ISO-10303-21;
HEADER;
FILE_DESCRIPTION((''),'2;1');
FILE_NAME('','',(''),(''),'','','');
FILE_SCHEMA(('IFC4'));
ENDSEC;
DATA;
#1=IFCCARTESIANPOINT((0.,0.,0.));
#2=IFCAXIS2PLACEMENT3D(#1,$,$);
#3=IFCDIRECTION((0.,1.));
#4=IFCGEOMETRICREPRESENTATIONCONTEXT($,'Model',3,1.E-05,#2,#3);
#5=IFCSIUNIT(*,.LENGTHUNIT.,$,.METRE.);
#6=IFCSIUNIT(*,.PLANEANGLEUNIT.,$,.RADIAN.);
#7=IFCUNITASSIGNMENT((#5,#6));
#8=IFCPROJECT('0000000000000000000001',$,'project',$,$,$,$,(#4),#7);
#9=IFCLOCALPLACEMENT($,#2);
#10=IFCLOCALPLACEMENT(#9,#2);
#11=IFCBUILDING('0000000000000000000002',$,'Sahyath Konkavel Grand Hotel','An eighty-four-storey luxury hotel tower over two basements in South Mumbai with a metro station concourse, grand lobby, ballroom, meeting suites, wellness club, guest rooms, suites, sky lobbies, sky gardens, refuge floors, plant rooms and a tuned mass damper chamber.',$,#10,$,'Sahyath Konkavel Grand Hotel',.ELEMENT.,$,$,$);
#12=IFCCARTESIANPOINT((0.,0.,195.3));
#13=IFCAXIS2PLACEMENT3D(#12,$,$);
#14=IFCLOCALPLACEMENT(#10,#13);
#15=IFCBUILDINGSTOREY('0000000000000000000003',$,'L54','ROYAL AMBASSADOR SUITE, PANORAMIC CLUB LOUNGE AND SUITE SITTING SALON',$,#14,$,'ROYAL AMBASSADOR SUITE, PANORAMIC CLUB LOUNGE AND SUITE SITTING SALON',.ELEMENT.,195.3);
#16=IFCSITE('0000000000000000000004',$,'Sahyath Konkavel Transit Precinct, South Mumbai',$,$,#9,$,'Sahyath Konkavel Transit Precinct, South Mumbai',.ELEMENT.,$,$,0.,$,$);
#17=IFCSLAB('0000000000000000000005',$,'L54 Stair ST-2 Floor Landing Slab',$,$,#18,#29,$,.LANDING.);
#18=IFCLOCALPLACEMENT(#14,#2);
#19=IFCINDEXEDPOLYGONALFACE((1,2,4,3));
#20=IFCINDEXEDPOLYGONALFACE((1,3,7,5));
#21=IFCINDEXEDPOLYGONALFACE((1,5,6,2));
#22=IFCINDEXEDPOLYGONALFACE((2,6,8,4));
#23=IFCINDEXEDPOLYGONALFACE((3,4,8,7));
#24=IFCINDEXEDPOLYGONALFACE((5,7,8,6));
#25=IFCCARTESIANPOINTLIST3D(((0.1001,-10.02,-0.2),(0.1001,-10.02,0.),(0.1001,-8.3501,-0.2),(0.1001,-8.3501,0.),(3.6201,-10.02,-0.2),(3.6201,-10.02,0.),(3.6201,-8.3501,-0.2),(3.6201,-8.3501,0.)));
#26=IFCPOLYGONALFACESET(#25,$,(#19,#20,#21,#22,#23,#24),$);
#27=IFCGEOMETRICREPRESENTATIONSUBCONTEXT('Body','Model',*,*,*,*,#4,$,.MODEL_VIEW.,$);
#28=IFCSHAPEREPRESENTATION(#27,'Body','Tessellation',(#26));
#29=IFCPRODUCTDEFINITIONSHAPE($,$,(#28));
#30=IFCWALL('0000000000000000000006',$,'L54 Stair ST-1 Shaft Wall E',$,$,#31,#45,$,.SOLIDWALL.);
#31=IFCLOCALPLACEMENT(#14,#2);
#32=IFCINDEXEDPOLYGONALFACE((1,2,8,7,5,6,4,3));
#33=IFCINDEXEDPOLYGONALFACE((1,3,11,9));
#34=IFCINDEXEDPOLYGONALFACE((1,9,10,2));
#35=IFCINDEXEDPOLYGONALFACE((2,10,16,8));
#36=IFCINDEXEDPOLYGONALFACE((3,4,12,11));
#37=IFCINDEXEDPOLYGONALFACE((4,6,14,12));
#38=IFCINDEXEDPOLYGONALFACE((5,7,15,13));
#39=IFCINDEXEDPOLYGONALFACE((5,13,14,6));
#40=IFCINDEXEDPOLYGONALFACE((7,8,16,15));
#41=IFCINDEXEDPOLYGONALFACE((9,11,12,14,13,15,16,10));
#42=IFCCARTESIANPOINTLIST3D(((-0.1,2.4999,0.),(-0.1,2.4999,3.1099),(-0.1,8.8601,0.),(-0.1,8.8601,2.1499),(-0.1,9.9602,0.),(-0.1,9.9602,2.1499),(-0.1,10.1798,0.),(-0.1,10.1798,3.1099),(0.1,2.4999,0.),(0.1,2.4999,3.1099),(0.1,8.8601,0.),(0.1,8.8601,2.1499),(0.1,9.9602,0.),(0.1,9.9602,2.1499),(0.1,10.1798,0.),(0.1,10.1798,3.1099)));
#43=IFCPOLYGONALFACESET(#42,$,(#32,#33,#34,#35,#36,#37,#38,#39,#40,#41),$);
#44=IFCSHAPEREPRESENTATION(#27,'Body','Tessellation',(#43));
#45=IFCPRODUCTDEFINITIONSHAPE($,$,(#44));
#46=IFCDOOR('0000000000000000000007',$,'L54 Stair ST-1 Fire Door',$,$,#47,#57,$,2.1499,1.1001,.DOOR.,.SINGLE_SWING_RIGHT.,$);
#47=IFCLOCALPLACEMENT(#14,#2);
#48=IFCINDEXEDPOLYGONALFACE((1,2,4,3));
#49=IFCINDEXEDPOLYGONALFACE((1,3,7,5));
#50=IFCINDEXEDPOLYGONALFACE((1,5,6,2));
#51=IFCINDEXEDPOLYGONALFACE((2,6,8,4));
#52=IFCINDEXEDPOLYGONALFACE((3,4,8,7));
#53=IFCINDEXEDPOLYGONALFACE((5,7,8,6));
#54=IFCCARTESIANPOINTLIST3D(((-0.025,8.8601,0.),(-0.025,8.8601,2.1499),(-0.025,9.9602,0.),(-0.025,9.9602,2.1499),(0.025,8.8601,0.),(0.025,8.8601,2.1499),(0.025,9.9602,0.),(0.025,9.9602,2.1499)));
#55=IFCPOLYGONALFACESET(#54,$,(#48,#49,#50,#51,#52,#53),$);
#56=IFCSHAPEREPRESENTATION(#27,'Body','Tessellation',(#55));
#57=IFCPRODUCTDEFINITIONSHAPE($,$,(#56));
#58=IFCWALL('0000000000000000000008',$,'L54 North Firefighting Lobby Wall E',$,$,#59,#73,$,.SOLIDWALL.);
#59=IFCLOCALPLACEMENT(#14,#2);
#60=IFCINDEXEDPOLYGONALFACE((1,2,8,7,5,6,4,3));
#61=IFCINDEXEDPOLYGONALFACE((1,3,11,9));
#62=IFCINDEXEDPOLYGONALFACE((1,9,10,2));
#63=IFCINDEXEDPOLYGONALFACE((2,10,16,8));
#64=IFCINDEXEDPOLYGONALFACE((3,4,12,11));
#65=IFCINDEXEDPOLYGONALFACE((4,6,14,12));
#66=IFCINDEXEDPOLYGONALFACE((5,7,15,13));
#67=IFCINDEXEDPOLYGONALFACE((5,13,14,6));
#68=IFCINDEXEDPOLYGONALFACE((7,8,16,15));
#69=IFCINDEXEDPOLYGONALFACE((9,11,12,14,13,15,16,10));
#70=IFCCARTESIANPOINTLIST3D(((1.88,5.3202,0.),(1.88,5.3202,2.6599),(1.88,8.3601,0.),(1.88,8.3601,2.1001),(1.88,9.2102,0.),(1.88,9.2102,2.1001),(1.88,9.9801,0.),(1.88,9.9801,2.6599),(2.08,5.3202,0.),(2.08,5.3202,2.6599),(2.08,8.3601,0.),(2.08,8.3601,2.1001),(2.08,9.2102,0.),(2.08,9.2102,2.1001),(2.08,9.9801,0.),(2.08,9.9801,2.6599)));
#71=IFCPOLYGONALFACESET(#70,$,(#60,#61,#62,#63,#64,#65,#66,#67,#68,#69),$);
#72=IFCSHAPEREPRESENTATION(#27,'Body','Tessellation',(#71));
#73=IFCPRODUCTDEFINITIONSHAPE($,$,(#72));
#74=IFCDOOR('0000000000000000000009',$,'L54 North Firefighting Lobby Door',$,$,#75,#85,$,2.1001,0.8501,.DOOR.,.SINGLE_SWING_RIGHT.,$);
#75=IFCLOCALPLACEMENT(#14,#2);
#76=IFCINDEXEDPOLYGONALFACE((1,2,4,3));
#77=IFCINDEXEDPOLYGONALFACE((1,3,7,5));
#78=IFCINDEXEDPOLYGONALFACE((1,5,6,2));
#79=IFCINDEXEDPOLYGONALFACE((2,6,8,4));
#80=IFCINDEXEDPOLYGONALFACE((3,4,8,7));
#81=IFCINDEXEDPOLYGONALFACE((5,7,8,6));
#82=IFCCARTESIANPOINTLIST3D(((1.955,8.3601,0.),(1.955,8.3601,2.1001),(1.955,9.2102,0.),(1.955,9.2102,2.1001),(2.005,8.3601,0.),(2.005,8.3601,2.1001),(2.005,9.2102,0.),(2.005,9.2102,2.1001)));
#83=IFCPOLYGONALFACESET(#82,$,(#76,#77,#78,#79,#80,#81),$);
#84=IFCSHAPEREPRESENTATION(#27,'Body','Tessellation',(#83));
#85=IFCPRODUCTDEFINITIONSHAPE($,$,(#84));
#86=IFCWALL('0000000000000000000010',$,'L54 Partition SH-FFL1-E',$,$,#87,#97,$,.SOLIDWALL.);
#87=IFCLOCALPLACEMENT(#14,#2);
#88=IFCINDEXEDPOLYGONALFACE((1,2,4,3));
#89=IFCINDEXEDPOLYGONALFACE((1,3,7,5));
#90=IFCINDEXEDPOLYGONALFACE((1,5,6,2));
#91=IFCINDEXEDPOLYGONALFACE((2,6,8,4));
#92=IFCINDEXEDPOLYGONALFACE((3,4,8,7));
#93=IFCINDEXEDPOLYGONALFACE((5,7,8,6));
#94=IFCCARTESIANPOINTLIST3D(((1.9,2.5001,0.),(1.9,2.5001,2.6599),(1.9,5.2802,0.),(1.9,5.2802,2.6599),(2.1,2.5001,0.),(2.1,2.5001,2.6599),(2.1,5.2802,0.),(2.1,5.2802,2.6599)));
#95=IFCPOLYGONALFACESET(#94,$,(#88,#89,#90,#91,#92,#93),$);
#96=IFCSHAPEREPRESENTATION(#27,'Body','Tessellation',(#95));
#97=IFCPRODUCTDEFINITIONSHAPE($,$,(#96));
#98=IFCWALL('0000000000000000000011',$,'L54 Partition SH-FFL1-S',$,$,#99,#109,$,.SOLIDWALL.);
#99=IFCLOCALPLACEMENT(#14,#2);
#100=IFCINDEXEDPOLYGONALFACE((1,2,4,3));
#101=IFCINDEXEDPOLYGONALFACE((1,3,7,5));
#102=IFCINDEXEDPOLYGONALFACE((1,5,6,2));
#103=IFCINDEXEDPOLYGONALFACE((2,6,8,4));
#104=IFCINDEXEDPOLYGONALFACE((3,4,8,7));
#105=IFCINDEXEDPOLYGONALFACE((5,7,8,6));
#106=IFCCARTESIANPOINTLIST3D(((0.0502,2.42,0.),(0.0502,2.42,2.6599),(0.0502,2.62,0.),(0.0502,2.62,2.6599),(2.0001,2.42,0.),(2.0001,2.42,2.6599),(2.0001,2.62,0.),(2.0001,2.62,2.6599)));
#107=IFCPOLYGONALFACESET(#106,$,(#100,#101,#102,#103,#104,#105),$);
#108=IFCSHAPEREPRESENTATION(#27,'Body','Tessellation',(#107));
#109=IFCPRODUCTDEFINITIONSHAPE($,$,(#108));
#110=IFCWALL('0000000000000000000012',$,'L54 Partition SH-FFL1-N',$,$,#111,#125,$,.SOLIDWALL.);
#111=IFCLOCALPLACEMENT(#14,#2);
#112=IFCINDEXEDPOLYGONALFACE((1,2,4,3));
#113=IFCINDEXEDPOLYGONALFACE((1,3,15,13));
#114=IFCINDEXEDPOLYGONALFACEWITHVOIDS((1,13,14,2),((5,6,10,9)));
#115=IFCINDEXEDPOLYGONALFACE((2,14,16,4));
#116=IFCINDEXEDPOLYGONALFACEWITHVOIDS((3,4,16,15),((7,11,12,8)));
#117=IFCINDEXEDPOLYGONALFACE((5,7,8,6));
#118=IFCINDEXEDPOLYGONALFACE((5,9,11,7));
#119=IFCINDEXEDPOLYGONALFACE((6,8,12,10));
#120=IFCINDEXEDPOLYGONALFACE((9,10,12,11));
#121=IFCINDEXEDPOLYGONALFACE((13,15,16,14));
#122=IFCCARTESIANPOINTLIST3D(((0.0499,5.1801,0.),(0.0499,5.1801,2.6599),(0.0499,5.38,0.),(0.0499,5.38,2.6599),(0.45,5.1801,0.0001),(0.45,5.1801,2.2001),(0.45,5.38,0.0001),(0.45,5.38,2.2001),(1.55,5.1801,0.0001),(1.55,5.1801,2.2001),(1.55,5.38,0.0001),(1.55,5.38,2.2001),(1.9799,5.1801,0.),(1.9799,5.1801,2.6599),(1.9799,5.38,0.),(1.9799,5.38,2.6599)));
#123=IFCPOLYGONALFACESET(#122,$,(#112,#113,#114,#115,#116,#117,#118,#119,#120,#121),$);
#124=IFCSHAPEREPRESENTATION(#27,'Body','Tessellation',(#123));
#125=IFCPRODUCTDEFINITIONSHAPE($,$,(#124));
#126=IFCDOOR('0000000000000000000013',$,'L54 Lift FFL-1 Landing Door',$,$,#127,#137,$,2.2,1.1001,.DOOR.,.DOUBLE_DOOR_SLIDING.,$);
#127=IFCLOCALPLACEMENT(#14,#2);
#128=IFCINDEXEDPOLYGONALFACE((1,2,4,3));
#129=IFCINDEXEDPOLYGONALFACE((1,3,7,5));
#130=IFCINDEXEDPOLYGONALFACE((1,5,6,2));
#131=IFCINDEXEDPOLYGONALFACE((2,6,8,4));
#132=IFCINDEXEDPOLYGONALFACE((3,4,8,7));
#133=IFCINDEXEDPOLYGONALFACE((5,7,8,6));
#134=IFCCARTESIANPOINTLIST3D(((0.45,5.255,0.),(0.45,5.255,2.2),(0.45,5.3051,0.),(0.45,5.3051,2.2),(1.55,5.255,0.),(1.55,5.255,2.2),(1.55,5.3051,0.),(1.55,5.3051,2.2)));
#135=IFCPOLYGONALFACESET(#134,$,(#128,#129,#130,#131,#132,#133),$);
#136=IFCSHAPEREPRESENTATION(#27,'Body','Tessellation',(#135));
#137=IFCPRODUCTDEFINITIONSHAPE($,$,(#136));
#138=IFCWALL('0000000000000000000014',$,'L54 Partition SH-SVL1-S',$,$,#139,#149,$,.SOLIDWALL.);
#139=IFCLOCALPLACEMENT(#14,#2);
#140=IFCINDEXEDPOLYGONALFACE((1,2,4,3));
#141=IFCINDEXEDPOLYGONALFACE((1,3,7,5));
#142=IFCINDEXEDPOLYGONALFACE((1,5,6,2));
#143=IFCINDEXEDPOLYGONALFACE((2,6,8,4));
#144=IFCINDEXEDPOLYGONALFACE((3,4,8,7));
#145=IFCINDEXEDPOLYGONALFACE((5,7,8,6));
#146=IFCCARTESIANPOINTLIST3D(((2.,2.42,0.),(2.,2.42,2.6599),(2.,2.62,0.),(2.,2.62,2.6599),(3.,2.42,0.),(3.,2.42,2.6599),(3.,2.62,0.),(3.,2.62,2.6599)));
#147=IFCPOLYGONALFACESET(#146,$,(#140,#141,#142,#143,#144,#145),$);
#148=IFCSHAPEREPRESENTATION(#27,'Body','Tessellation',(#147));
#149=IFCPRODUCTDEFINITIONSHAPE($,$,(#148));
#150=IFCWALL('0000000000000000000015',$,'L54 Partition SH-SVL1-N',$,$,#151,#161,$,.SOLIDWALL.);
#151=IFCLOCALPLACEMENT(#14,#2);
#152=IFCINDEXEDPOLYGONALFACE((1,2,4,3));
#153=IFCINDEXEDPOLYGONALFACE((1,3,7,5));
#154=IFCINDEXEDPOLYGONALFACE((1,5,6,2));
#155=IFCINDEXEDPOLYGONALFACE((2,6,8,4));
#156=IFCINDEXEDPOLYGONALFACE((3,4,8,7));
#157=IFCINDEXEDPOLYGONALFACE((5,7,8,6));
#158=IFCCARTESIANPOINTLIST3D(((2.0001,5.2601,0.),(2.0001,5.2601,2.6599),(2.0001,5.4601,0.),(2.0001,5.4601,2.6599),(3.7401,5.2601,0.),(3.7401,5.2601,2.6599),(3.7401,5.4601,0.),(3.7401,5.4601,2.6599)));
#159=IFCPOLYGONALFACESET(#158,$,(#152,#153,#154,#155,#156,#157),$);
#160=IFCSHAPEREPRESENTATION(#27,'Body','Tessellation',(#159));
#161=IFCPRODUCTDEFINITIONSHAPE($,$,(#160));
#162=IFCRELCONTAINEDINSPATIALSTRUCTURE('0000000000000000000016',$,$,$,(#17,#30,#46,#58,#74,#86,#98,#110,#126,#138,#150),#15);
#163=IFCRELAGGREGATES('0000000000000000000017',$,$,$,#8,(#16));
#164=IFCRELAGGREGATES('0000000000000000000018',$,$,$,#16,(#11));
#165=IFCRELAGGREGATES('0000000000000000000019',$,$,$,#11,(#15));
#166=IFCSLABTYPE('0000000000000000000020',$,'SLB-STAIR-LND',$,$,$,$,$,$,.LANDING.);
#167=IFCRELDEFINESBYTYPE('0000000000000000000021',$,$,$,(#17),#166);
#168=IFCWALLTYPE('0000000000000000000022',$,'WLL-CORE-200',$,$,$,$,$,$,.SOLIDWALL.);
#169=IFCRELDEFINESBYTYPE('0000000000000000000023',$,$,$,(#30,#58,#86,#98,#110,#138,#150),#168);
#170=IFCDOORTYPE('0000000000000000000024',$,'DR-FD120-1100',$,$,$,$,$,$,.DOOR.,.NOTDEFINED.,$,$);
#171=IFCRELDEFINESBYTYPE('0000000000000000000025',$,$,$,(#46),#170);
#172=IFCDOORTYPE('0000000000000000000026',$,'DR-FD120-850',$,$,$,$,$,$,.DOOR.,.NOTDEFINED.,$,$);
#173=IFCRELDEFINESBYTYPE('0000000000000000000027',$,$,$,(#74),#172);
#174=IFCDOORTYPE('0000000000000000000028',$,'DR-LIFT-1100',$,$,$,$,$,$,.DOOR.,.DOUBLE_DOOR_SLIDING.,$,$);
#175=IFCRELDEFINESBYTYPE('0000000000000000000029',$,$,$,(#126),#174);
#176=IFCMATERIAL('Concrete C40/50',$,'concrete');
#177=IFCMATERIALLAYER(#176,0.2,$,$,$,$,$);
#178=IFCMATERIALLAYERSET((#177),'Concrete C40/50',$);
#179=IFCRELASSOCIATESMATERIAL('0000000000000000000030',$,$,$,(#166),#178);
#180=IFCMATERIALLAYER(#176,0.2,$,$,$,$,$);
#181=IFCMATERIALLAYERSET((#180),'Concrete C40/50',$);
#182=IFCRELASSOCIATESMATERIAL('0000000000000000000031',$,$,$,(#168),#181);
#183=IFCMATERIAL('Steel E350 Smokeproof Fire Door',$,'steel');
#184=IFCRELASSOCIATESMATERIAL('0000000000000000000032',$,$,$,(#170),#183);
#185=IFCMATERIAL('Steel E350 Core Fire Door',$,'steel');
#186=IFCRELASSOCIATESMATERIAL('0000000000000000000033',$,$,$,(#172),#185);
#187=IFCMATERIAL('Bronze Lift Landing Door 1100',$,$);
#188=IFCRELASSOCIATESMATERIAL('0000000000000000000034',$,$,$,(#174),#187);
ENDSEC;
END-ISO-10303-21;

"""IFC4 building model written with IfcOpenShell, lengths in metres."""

from ifc_helpers import new_model, si_unit, direction, frame, frame_2d, origin, origin_2d, place, context, subcontext, project, spatial, polyline, rectangle, outline, extrude, source, transform, mapped, material, layer, layer_set, type_object, element, fill, save


model = new_model("IFC4")

# Units and contexts
model_context = context("Model", 3, precision=1e-05, world=origin(), true_north=direction((0.0, 1.0)))
body_context = subcontext(model_context, "Body", "Model", "MODEL_VIEW")
ifc_project = project(units=[si_unit("LENGTHUNIT", "METRE"), si_unit("PLANEANGLEUNIT", "RADIAN")], contexts=[model_context])

# Site, building, storey
site_placement = place(None, origin())
site = spatial("IfcSite", under=ifc_project, at=site_placement, Name="Sahyath Konkavel Transit Precinct, South Mumbai", LongName="Sahyath Konkavel Transit Precinct, South Mumbai", CompositionType="ELEMENT", RefElevation=0.0)
building_placement = place(site_placement, origin())
building = spatial("IfcBuilding", under=site, at=building_placement, Name="Sahyath Konkavel Grand Hotel", Description="An eighty-four-storey luxury hotel tower over two basements in South Mumbai with a metro station concourse, grand lobby, ballroom, meeting suites, wellness club, guest rooms, suites, sky lobbies, sky gardens, refuge floors, plant rooms and a tuned mass damper chamber.", LongName="Sahyath Konkavel Grand Hotel", CompositionType="ELEMENT")
storey_placement = place(building_placement, frame((0.0, 0.0, 195.3)))
storey = spatial("IfcBuildingStorey", under=building, at=storey_placement, Name="L54", Description="ROYAL AMBASSADOR SUITE, PANORAMIC CLUB LOUNGE AND SUITE SITTING SALON", LongName="ROYAL AMBASSADOR SUITE, PANORAMIC CLUB LOUNGE AND SUITE SITTING SALON", CompositionType="ELEMENT", Elevation=195.3)

# Slab
ifc_material_1 = material(Name="Concrete C40/50", Category="concrete")
ifc_layer_1 = layer(ifc_material_1, 0.2)
ifc_layer_set_1 = layer_set([ifc_layer_1], Name="Concrete C40/50")
slab_type_1 = type_object("IfcSlabType", Name="SLB-STAIR-LND", PredefinedType="LANDING", material=ifc_layer_set_1)
slab_1_placement = place(storey_placement, frame((0.0, 0.0, -0.2)))
element("IfcSlab", 1, at=slab_1_placement, inside=storey, type_object=slab_type_1, Name="L54 Stair ST-2 Floor Landing Slab", PredefinedType="LANDING", context=body_context, shape_type="SweptSolid", body=[
    extrude(outline(polyline([(0.1001, -10.02), (3.6201, -10.02), (3.6201, -8.3501), (0.1001, -8.3501), (0.1001, -10.02)])), origin(), (0.0, 0.0, 1.0), 0.2),
])

# Walls, openings, doors
ifc_layer_2 = layer(ifc_material_1, 0.2)
ifc_layer_set_2 = layer_set([ifc_layer_2], Name="Concrete C40/50")
wall_type_1 = type_object("IfcWallType", Name="WLL-CORE-200", PredefinedType="SOLIDWALL", material=ifc_layer_set_2)
wall_1_placement = place(storey_placement, frame((0.0, 2.5, 0.0), z_axis=(0.0, 0.0, 1.0), x_axis=(0.0, 1.0, 0.0)))
wall_1 = element("IfcWall", 2, at=wall_1_placement, inside=storey, type_object=wall_type_1, Name="L54 Stair ST-1 Shaft Wall E", PredefinedType="SOLIDWALL", context=body_context, shape_type="SweptSolid", body=[
    extrude(rectangle(XDim=7.6799, YDim=0.2, at=frame_2d((3.8398, 0.0))), origin(), (0.0, 0.0, 1.0), 3.1099),
])
opening_1_placement = place(wall_1_placement, frame((6.3601, 0.0, 0.0)))
opening_1 = element("IfcOpeningElement", 3, at=opening_1_placement, cuts=wall_1, PredefinedType="OPENING", context=body_context, shape_type="SweptSolid", body=[
    extrude(rectangle(XDim=1.1001, YDim=2.1499, at=frame_2d((0.55, 1.075))), frame((0.0, 0.1099, 0.0), z_axis=(0.0, -1.0, 0.0), x_axis=(1.0, 0.0, 0.0)), (0.0, 0.0, 1.0), 0.22),
])
ifc_material_2 = material(Name="Steel E350 Smokeproof Fire Door", Category="steel")
door_type_1 = type_object("IfcDoorType", Name="DR-FD120-1100", OperationType="NOTDEFINED", PredefinedType="DOOR", material=ifc_material_2)
shared_shape_1 = source(origin(), body_context, "Body", "SweptSolid", [
    extrude(rectangle(XDim=1.1001, YDim=0.05, at=origin_2d()), origin(), (0.0, 0.0, 1.0), 2.1499),
])
door_1_placement = place(opening_1_placement, frame((0.55, 0.0, 0.0)))
door_1 = element("IfcDoor", 4, at=door_1_placement, inside=storey, type_object=door_type_1, Name="L54 Stair ST-1 Fire Door", OperationType="SINGLE_SWING_RIGHT", OverallHeight=2.1499, OverallWidth=1.1001, PredefinedType="DOOR", context=body_context, shape_type="MappedRepresentation", body=[
    mapped(shared_shape_1, transform((0.0, 0.0, 0.0), scale=1.0)),
])
fill(opening_1, door_1)
wall_2_placement = place(storey_placement, frame((1.98, 5.3201, 0.0), z_axis=(0.0, 0.0, 1.0), x_axis=(0.0, 1.0, 0.0)))
wall_2 = element("IfcWall", 5, at=wall_2_placement, inside=storey, type_object=wall_type_1, Name="L54 North Firefighting Lobby Wall E", PredefinedType="SOLIDWALL", context=body_context, shape_type="SweptSolid", body=[
    extrude(rectangle(XDim=4.6599, YDim=0.2, at=frame_2d((2.3301, 0.0))), origin(), (0.0, 0.0, 1.0), 2.6599),
])
opening_2_placement = place(wall_2_placement, frame((3.04, 0.0, 0.0)))
opening_2 = element("IfcOpeningElement", 6, at=opening_2_placement, cuts=wall_2, PredefinedType="OPENING", context=body_context, shape_type="SweptSolid", body=[
    extrude(rectangle(XDim=0.8501, YDim=2.1001, at=frame_2d((0.425, 1.05))), frame((0.0, 0.1099, 0.0), z_axis=(0.0, -1.0, 0.0), x_axis=(1.0, 0.0, 0.0)), (0.0, 0.0, 1.0), 0.22),
])
ifc_material_3 = material(Name="Steel E350 Core Fire Door", Category="steel")
door_type_2 = type_object("IfcDoorType", Name="DR-FD120-850", OperationType="NOTDEFINED", PredefinedType="DOOR", material=ifc_material_3)
shared_shape_2 = source(origin(), body_context, "Body", "SweptSolid", [
    extrude(rectangle(XDim=0.8501, YDim=0.05, at=origin_2d()), origin(), (0.0, 0.0, 1.0), 2.1001),
])
door_2_placement = place(opening_2_placement, frame((0.425, 0.0, 0.0)))
door_2 = element("IfcDoor", 7, at=door_2_placement, inside=storey, type_object=door_type_2, Name="L54 North Firefighting Lobby Door", OperationType="SINGLE_SWING_RIGHT", OverallHeight=2.1001, OverallWidth=0.8501, PredefinedType="DOOR", context=body_context, shape_type="MappedRepresentation", body=[
    mapped(shared_shape_2, transform((0.0, 0.0, 0.0), scale=1.0)),
])
fill(opening_2, door_2)

# Walls
wall_3_placement = place(storey_placement, frame((2.0, 2.5, 0.0), z_axis=(0.0, 0.0, 1.0), x_axis=(0.0, 1.0, 0.0)))
element("IfcWall", 8, at=wall_3_placement, inside=storey, type_object=wall_type_1, Name="L54 Partition SH-FFL1-E", PredefinedType="SOLIDWALL", context=body_context, shape_type="SweptSolid", body=[
    extrude(rectangle(XDim=2.78, YDim=0.2, at=frame_2d((1.3901, 0.0))), origin(), (0.0, 0.0, 1.0), 2.6599),
])
wall_4_placement = place(storey_placement, frame((0.05, 2.52, 0.0), z_axis=(0.0, 0.0, 1.0), x_axis=(1.0, 0.0, 0.0)))
element("IfcWall", 9, at=wall_4_placement, inside=storey, type_object=wall_type_1, Name="L54 Partition SH-FFL1-S", PredefinedType="SOLIDWALL", context=body_context, shape_type="SweptSolid", body=[
    extrude(rectangle(XDim=1.95, YDim=0.2, at=frame_2d((0.9751, 0.0))), origin(), (0.0, 0.0, 1.0), 2.6599),
])

# Wall, opening, door
wall_5_placement = place(storey_placement, frame((0.05, 5.28, 0.0), z_axis=(0.0, 0.0, 1.0), x_axis=(1.0, 0.0, 0.0)))
wall_5 = element("IfcWall", 10, at=wall_5_placement, inside=storey, type_object=wall_type_1, Name="L54 Partition SH-FFL1-N", PredefinedType="SOLIDWALL", context=body_context, shape_type="SweptSolid", body=[
    extrude(rectangle(XDim=1.9299, YDim=0.2, at=frame_2d((0.9648, 0.0))), origin(), (0.0, 0.0, 1.0), 2.6599),
])
opening_3_placement = place(wall_5_placement, frame((0.3999, 0.0, 0.0)))
opening_3 = element("IfcOpeningElement", 11, at=opening_3_placement, cuts=wall_5, PredefinedType="OPENING", context=body_context, shape_type="SweptSolid", body=[
    extrude(rectangle(XDim=1.1001, YDim=2.2, at=frame_2d((0.55, 1.1001))), frame((0.0, 0.1099, 0.0), z_axis=(0.0, -1.0, 0.0), x_axis=(1.0, 0.0, 0.0)), (0.0, 0.0, 1.0), 0.22),
])
ifc_material_4 = material(Name="Bronze Lift Landing Door 1100")
door_type_3 = type_object("IfcDoorType", Name="DR-LIFT-1100", OperationType="DOUBLE_DOOR_SLIDING", PredefinedType="DOOR", material=ifc_material_4)
shared_shape_3 = source(origin(), body_context, "Body", "SweptSolid", [
    extrude(rectangle(XDim=1.1001, YDim=0.05, at=origin_2d()), origin(), (0.0, 0.0, 1.0), 2.2),
])
door_3_placement = place(opening_3_placement, frame((0.55, 0.0, 0.0)))
door_3 = element("IfcDoor", 12, at=door_3_placement, inside=storey, type_object=door_type_3, Name="L54 Lift FFL-1 Landing Door", OperationType="DOUBLE_DOOR_SLIDING", OverallHeight=2.2, OverallWidth=1.1001, PredefinedType="DOOR", context=body_context, shape_type="MappedRepresentation", body=[
    mapped(shared_shape_3, transform((0.0, 0.0, 0.0), scale=1.0)),
])
fill(opening_3, door_3)

# Walls
wall_6_placement = place(storey_placement, frame((2.0, 2.52, 0.0), z_axis=(0.0, 0.0, 1.0), x_axis=(1.0, 0.0, 0.0)))
element("IfcWall", 13, at=wall_6_placement, inside=storey, type_object=wall_type_1, Name="L54 Partition SH-SVL1-S", PredefinedType="SOLIDWALL", context=body_context, shape_type="SweptSolid", body=[
    extrude(rectangle(XDim=1.0, YDim=0.2, at=frame_2d((0.5, 0.0))), origin(), (0.0, 0.0, 1.0), 2.6599),
])
wall_7_placement = place(storey_placement, frame((2.0, 5.3601, 0.0), z_axis=(0.0, 0.0, 1.0), x_axis=(1.0, 0.0, 0.0)))
element("IfcWall", 14, at=wall_7_placement, inside=storey, type_object=wall_type_1, Name="L54 Partition SH-SVL1-N", PredefinedType="SOLIDWALL", context=body_context, shape_type="SweptSolid", body=[
    extrude(rectangle(XDim=1.74, YDim=0.2, at=frame_2d((0.8701, 0.0))), origin(), (0.0, 0.0, 1.0), 2.6599),
])

save(model, "model.ifc")
